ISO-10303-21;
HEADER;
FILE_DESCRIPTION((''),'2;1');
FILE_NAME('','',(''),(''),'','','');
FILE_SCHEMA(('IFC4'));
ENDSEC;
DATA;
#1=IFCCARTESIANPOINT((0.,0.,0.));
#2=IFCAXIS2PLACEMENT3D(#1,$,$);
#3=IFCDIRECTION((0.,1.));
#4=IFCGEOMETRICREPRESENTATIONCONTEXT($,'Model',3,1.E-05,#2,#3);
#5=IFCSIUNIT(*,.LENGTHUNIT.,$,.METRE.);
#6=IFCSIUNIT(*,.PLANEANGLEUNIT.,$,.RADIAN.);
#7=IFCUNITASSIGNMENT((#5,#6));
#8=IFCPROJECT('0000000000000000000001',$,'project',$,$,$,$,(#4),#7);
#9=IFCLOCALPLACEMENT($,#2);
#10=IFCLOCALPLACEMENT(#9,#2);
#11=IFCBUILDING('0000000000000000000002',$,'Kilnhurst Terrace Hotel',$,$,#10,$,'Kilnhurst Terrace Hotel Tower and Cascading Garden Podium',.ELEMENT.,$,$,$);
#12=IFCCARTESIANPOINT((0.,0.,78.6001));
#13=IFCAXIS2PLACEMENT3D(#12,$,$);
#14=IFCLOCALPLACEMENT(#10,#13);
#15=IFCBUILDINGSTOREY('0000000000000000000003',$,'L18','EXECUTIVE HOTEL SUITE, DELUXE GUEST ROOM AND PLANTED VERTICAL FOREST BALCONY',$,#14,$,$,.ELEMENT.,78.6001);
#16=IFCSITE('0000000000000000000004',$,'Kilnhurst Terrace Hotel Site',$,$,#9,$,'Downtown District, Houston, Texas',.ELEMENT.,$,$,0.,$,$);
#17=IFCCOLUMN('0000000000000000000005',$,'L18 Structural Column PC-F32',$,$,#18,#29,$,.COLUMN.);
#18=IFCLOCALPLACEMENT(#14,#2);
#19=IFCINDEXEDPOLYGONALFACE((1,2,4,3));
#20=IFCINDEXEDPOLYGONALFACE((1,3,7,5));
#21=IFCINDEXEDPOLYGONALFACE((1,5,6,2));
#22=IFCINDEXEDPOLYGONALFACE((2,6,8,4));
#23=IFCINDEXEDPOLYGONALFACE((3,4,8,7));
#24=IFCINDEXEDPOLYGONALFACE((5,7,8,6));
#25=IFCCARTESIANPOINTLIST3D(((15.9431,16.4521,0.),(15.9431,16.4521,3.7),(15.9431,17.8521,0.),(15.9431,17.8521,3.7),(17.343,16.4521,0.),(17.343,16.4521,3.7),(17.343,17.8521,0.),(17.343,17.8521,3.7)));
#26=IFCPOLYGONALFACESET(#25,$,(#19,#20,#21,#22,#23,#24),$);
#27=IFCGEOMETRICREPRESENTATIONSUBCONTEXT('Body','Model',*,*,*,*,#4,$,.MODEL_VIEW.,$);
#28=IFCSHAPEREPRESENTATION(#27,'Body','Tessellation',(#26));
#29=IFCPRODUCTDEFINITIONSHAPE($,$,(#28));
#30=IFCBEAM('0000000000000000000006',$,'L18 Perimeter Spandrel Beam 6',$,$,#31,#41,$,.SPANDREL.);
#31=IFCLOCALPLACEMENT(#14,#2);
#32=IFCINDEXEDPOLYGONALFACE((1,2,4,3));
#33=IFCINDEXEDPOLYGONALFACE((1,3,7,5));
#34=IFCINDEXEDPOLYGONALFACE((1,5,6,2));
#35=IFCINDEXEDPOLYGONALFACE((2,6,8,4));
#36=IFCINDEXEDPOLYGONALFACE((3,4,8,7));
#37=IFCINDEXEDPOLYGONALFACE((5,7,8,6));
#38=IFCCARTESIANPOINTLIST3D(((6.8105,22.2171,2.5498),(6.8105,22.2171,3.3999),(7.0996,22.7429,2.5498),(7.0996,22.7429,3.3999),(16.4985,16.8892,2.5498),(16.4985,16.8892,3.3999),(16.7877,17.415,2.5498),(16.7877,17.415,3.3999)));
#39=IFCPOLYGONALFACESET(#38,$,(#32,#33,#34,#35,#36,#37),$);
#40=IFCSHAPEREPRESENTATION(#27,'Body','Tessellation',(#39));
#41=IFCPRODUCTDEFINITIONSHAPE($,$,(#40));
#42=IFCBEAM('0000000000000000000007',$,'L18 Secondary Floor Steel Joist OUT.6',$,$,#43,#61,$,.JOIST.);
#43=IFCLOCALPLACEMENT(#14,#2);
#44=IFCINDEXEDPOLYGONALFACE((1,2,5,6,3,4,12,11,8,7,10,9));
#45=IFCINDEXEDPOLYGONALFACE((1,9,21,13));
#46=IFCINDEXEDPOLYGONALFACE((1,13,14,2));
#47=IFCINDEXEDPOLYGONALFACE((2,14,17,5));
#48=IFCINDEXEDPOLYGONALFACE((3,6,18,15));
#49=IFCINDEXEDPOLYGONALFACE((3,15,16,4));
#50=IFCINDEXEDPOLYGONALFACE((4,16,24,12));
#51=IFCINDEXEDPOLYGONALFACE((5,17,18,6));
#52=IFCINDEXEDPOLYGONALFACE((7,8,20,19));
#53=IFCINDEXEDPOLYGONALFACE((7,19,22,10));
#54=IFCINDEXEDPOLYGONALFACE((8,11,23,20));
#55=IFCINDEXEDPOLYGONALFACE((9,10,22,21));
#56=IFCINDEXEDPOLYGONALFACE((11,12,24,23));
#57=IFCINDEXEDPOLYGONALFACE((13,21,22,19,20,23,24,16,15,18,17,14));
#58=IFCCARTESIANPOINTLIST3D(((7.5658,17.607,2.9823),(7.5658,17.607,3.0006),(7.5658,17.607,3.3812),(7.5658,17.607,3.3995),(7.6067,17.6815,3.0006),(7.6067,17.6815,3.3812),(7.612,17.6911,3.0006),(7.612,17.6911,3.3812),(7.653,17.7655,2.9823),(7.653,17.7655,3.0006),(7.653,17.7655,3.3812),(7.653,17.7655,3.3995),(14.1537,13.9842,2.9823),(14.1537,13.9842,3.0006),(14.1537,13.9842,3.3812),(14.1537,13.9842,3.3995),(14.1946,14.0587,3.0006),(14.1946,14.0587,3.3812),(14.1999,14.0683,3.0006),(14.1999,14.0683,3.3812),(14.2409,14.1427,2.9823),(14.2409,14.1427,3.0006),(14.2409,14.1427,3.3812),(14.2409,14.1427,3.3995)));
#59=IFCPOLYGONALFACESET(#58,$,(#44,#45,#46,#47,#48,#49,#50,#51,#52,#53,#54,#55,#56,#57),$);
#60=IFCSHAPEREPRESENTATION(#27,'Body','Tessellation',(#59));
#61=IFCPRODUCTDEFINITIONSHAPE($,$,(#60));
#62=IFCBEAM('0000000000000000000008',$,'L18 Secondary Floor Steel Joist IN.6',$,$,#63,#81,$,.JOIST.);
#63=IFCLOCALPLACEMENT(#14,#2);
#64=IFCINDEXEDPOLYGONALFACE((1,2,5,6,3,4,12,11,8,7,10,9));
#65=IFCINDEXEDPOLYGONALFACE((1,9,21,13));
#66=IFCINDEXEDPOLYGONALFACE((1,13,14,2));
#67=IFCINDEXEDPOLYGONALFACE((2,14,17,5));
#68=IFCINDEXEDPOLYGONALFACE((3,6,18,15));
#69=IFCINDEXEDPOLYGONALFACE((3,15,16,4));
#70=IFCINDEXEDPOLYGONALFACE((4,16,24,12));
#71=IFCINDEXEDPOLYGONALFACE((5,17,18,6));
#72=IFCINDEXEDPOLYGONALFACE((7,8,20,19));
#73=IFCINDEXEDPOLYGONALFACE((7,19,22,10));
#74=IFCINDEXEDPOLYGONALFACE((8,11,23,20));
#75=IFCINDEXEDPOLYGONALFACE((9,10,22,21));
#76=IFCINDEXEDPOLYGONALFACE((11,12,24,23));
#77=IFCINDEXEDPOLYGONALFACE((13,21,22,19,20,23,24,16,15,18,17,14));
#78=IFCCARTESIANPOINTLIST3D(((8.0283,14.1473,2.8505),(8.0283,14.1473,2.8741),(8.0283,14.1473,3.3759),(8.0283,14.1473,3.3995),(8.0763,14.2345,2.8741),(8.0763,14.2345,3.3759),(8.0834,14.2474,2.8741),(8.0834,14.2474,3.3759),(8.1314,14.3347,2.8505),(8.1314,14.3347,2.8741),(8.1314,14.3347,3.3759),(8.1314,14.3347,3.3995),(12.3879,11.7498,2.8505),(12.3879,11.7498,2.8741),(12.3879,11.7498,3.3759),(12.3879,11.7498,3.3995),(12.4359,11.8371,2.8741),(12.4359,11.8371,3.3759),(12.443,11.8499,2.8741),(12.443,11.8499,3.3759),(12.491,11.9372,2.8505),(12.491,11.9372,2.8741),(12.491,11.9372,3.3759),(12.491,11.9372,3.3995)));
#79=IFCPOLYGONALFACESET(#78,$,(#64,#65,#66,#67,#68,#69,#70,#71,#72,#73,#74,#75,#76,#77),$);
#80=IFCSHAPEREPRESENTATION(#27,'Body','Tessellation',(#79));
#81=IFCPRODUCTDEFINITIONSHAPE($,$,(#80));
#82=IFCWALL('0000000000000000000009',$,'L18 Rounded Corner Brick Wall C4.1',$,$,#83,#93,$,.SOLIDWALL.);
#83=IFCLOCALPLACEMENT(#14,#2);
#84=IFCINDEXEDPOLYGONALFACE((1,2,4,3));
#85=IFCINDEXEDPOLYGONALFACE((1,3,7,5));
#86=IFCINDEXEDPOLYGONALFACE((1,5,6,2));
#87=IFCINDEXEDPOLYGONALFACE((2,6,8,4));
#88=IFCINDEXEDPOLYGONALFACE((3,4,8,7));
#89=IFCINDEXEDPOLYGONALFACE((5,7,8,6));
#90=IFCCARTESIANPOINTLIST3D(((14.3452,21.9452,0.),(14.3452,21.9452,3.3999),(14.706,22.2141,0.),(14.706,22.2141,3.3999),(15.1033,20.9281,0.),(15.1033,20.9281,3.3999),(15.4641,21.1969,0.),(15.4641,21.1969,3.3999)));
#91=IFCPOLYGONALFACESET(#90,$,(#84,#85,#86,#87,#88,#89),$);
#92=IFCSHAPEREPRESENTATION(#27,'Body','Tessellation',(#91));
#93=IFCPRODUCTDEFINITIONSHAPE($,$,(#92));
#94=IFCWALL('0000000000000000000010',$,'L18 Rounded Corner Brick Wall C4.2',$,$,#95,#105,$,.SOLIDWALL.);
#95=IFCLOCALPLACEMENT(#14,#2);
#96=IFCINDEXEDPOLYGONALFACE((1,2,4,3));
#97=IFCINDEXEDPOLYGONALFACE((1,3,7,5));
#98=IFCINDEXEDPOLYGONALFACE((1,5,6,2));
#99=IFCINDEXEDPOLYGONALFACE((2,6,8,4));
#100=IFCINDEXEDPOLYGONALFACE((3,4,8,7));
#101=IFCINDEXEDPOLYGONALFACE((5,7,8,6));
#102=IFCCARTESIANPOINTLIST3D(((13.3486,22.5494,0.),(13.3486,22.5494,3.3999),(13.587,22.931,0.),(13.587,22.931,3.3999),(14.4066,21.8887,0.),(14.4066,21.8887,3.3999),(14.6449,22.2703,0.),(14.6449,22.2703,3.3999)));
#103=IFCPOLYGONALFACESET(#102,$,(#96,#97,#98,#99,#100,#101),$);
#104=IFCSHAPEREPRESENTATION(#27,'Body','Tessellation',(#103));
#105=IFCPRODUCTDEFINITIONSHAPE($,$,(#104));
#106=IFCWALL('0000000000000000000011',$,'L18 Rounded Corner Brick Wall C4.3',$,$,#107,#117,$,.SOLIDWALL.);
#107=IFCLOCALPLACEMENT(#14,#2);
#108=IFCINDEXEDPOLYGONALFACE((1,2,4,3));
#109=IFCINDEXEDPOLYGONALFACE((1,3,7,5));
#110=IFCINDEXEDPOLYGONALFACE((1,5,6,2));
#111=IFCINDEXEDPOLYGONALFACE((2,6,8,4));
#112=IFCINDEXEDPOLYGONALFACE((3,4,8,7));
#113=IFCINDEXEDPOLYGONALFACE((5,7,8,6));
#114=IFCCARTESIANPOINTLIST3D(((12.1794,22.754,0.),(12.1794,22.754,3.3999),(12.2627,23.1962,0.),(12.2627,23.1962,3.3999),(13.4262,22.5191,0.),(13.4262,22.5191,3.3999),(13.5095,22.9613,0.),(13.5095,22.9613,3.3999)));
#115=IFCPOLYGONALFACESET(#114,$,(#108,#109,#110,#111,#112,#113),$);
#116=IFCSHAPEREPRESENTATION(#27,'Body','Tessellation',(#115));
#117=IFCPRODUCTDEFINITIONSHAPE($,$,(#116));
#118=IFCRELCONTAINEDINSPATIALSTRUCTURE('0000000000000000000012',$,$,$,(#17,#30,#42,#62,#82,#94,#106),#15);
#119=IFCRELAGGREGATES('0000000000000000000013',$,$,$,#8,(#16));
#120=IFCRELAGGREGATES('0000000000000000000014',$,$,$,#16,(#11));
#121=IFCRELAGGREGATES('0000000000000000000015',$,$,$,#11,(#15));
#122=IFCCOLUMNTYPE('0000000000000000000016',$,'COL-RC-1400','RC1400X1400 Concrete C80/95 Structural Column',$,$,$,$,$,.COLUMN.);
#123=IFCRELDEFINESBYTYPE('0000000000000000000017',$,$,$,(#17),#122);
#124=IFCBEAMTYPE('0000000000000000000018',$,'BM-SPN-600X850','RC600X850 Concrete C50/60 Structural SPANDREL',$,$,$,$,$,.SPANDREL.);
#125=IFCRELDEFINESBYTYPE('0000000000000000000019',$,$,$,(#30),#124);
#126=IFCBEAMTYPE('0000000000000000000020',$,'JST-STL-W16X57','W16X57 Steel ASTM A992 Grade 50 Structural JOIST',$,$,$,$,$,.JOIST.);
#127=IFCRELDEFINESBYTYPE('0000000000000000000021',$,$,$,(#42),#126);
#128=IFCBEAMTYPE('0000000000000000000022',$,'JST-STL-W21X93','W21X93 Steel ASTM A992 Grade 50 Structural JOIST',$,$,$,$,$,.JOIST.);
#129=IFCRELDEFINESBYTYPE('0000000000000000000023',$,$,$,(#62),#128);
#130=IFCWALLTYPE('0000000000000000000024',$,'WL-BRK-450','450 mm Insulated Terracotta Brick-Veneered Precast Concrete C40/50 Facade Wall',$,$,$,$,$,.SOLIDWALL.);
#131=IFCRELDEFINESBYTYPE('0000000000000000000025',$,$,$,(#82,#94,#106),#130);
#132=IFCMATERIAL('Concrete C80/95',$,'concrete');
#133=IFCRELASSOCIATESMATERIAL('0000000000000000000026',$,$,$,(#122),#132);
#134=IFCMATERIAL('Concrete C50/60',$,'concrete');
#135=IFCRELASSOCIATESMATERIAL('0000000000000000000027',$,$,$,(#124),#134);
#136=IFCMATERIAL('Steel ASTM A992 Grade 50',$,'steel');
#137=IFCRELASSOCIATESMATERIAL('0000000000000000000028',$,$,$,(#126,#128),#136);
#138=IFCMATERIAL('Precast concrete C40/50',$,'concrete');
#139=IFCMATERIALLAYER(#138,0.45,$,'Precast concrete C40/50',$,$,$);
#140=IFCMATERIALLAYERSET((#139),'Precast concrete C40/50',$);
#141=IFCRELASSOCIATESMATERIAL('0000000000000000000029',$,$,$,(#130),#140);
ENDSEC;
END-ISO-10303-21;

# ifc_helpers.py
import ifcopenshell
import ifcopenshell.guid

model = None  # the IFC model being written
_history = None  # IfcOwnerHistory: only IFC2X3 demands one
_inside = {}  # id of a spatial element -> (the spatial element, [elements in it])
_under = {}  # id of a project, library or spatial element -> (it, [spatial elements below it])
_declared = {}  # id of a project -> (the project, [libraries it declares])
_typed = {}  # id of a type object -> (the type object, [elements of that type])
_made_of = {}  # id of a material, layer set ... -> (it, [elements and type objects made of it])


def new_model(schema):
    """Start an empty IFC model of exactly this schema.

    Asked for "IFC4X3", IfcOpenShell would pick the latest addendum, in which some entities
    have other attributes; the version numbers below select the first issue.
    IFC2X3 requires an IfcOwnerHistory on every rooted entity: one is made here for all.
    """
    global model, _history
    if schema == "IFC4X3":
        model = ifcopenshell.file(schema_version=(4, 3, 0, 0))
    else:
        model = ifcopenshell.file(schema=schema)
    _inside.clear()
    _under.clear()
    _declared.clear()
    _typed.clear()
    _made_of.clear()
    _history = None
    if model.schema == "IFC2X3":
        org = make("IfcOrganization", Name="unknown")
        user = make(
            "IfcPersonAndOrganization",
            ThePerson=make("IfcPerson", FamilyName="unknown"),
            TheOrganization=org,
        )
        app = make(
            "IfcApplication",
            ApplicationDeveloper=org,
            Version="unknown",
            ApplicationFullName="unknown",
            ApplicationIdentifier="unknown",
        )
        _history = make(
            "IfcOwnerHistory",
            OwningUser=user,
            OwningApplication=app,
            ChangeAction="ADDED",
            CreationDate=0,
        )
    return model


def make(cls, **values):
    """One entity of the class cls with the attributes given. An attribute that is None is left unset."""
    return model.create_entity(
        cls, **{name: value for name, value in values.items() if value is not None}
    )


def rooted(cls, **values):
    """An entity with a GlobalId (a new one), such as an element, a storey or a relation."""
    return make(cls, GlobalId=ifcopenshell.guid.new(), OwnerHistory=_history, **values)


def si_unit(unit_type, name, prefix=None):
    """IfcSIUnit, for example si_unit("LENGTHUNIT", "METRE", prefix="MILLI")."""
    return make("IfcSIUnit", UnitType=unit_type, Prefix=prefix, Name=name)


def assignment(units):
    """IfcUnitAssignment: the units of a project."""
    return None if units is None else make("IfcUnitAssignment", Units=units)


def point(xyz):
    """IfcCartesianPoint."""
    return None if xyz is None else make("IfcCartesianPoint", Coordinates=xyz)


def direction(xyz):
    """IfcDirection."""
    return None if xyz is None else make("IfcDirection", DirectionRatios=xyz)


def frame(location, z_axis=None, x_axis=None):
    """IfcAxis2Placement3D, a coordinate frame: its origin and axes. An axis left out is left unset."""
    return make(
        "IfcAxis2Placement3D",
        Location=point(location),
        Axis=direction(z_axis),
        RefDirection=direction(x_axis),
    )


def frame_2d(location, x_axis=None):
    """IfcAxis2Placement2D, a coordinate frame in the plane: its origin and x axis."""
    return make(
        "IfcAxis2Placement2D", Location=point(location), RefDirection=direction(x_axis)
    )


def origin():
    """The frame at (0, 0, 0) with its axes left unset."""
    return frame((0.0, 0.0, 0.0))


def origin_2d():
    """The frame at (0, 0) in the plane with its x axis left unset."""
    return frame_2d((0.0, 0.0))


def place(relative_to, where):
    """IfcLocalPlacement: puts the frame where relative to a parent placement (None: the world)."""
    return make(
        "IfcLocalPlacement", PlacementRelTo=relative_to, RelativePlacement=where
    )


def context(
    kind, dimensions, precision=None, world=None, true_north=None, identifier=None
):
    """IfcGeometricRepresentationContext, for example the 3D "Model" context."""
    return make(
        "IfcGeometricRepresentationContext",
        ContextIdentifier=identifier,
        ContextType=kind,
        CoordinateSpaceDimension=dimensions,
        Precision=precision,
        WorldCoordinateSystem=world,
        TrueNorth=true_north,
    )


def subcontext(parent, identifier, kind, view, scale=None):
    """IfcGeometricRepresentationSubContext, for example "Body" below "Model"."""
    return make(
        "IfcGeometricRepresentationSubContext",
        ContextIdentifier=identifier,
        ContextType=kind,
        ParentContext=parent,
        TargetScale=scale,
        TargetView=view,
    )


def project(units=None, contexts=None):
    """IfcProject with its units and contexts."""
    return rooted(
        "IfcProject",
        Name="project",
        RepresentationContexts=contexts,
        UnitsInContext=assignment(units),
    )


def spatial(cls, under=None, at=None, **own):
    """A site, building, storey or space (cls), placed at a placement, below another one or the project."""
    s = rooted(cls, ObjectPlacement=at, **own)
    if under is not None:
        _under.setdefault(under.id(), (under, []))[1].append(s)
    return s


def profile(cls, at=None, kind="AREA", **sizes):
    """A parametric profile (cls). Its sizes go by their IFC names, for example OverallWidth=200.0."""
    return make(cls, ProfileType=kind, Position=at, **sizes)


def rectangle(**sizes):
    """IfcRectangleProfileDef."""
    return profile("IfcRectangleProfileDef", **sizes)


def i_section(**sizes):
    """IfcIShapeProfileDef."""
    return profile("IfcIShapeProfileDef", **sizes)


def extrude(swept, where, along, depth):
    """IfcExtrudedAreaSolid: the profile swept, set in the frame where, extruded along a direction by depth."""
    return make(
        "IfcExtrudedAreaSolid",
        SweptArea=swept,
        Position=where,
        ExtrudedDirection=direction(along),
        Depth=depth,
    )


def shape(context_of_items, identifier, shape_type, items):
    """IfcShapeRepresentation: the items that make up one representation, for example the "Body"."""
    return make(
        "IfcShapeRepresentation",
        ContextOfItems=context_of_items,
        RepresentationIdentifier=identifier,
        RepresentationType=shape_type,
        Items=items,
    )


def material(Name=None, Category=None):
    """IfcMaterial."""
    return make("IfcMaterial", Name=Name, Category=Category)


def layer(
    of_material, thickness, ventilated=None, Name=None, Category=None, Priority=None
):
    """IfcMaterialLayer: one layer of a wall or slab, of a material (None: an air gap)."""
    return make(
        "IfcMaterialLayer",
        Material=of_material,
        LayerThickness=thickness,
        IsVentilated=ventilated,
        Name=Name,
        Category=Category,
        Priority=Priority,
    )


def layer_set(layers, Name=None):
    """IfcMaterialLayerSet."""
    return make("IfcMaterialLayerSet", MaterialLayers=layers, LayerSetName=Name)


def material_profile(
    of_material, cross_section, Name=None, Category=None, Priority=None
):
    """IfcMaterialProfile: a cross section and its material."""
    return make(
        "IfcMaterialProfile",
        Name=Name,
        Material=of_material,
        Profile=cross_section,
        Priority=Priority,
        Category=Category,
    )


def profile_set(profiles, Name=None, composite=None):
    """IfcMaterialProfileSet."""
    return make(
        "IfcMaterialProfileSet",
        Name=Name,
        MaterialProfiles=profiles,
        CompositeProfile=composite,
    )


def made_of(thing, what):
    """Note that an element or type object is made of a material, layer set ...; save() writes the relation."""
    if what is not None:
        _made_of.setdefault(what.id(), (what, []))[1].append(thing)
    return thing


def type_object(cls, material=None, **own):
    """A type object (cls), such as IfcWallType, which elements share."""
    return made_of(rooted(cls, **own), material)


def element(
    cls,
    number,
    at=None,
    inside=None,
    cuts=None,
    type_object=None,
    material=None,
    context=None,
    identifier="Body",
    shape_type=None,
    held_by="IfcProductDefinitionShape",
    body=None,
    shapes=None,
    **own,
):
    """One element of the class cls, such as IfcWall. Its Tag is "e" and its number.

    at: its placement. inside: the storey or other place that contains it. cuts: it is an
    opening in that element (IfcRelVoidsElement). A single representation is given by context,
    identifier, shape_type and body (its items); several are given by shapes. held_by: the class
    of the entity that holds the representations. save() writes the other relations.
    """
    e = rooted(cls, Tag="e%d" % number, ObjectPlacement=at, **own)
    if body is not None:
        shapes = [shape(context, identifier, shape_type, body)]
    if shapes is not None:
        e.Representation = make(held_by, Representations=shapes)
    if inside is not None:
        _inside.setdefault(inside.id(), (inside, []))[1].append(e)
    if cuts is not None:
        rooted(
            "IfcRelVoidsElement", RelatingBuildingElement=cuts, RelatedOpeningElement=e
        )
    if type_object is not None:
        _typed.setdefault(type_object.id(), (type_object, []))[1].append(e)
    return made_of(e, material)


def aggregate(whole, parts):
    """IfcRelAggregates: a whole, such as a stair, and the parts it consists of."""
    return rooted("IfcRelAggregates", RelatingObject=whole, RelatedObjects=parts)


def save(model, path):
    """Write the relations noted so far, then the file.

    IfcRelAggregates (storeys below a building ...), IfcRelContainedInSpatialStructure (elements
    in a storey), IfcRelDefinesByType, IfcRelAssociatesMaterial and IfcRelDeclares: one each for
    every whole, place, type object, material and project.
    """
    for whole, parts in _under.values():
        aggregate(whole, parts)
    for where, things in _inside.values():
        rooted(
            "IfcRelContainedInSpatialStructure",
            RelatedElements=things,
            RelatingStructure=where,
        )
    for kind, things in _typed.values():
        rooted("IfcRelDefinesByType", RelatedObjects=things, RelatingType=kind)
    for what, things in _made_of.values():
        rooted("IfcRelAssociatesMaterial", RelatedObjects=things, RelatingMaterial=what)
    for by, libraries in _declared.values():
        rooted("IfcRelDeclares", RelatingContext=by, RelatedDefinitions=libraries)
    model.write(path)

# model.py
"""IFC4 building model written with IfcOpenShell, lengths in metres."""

from ifc_helpers import new_model, si_unit, direction, frame, frame_2d, origin, origin_2d, place, context, subcontext, project, spatial, rectangle, i_section, extrude, material, layer, layer_set, material_profile, profile_set, type_object, element, save


model = new_model("IFC4")

# Units and contexts
model_context = context("Model", 3, precision=1e-05, world=origin(), true_north=direction((0.0, 1.0)))
body_context = subcontext(model_context, "Body", "Model", "MODEL_VIEW")
ifc_project = project(units=[si_unit("LENGTHUNIT", "METRE"), si_unit("PLANEANGLEUNIT", "RADIAN")], contexts=[model_context])

# Site, building, storey
site_placement = place(None, origin())
site = spatial("IfcSite", under=ifc_project, at=site_placement, Name="Kilnhurst Terrace Hotel Site", LongName="Downtown District, Houston, Texas", CompositionType="ELEMENT", RefElevation=0.0)
building_placement = place(site_placement, origin())
building = spatial("IfcBuilding", under=site, at=building_placement, Name="Kilnhurst Terrace Hotel", LongName="Kilnhurst Terrace Hotel Tower and Cascading Garden Podium", CompositionType="ELEMENT")
storey_placement = place(building_placement, frame((0.0, 0.0, 78.6001)))
storey = spatial("IfcBuildingStorey", under=building, at=storey_placement, Name="L18", Description="EXECUTIVE HOTEL SUITE, DELUXE GUEST ROOM AND PLANTED VERTICAL FOREST BALCONY", CompositionType="ELEMENT", Elevation=78.6001)

# Column
ifc_material_1 = material(Name="Concrete C80/95", Category="concrete")
ifc_material_profile_1 = material_profile(ifc_material_1, rectangle(XDim=1.3999, YDim=1.3999, at=origin_2d()), Name="RC1400X1400")
ifc_profile_set_1 = profile_set([ifc_material_profile_1], Name="Concrete C80/95")
column_type = type_object("IfcColumnType", Name="COL-RC-1400", Description="RC1400X1400 Concrete C80/95 Structural Column", PredefinedType="COLUMN", material=ifc_profile_set_1)
column_placement = place(storey_placement, frame((16.6431, 17.1521, 0.0), z_axis=(0.0, 0.0, 1.0), x_axis=(1.0, 0.0, 0.0)))
element("IfcColumn", 1, at=column_placement, inside=storey, type_object=column_type, Name="L18 Structural Column PC-F32", PredefinedType="COLUMN", context=body_context, shape_type="SweptSolid", body=[
    extrude(rectangle(XDim=1.3999, YDim=1.3999, at=origin_2d()), origin(), (0.0, 0.0, 1.0), 3.7),
])

# Beams
ifc_material_2 = material(Name="Concrete C50/60", Category="concrete")
ifc_material_profile_2 = material_profile(ifc_material_2, rectangle(XDim=0.6001, YDim=0.8501, at=origin_2d()), Name="RC600X850")
ifc_profile_set_2 = profile_set([ifc_material_profile_2], Name="Concrete C50/60")
beam_type_1 = type_object("IfcBeamType", Name="BM-SPN-600X850", Description="RC600X850 Concrete C50/60 Structural SPANDREL", PredefinedType="SPANDREL", material=ifc_profile_set_2)
beam_1_placement = place(storey_placement, frame((16.6431, 17.1521, 2.9749), z_axis=(-0.876235, 0.481883, 0.0), x_axis=(-0.481883, -0.876235, 0.0)))
element("IfcBeam", 2, at=beam_1_placement, inside=storey, type_object=beam_type_1, Name="L18 Perimeter Spandrel Beam 6", PredefinedType="SPANDREL", context=body_context, shape_type="SweptSolid", body=[
    extrude(rectangle(XDim=0.6001, YDim=0.8501, at=origin_2d()), origin(), (0.0, 0.0, 1.0), 11.0564),
])
ifc_material_3 = material(Name="Steel ASTM A992 Grade 50", Category="steel")
ifc_material_profile_3 = material_profile(ifc_material_3, i_section(OverallWidth=0.1809, OverallDepth=0.4172, WebThickness=0.011, FlangeThickness=0.0183, at=origin_2d()), Name="W16X57")
ifc_profile_set_3 = profile_set([ifc_material_profile_3], Name="Steel ASTM A992 Grade 50")
beam_type_2 = type_object("IfcBeamType", Name="JST-STL-W16X57", Description="W16X57 Steel ASTM A992 Grade 50 Structural JOIST", PredefinedType="JOIST", material=ifc_profile_set_3)
beam_2_placement = place(storey_placement, frame((14.1973, 14.0635, 3.1909), z_axis=(-0.876246, 0.481864, 0.0), x_axis=(-0.481864, -0.876246, 0.0)))
element("IfcBeam", 3, at=beam_2_placement, inside=storey, type_object=beam_type_2, Name="L18 Secondary Floor Steel Joist OUT.6", PredefinedType="JOIST", context=body_context, shape_type="SweptSolid", body=[
    extrude(i_section(OverallWidth=0.1809, OverallDepth=0.4172, WebThickness=0.011, FlangeThickness=0.0183, at=origin_2d()), origin(), (0.0, 0.0, 1.0), 7.5183),
])
ifc_material_profile_4 = material_profile(ifc_material_3, i_section(OverallWidth=0.2139, OverallDepth=0.5491, WebThickness=0.0146, FlangeThickness=0.0237, at=origin_2d()), Name="W21X93")
ifc_profile_set_4 = profile_set([ifc_material_profile_4], Name="Steel ASTM A992 Grade 50")
beam_type_3 = type_object("IfcBeamType", Name="JST-STL-W21X93", Description="W21X93 Steel ASTM A992 Grade 50 Structural JOIST", PredefinedType="JOIST", material=ifc_profile_set_4)
beam_3_placement = place(storey_placement, frame((12.4395, 11.8435, 3.125), z_axis=(-0.876244, 0.481868, 0.0), x_axis=(-0.481868, -0.876244, 0.0)))
element("IfcBeam", 4, at=beam_3_placement, inside=storey, type_object=beam_type_3, Name="L18 Secondary Floor Steel Joist IN.6", PredefinedType="JOIST", context=body_context, shape_type="SweptSolid", body=[
    extrude(i_section(OverallWidth=0.2139, OverallDepth=0.5491, WebThickness=0.0146, FlangeThickness=0.0237, at=origin_2d()), origin(), (0.0, 0.0, 1.0), 4.9753),
])

# Walls
ifc_material_4 = material(Name="Precast concrete C40/50", Category="concrete")
ifc_layer_1 = layer(ifc_material_4, 0.45, Name="Precast concrete C40/50")
ifc_layer_set_1 = layer_set([ifc_layer_1], Name="Precast concrete C40/50")
wall_type_1 = type_object("IfcWallType", Name="WL-BRK-450", Description="450 mm Insulated Terracotta Brick-Veneered Precast Concrete C40/50 Facade Wall", PredefinedType="SOLIDWALL", material=ifc_layer_set_1)
wall_1_placement = place(storey_placement, frame((15.2837, 21.0625, 0.0), z_axis=(0.0, 0.0, 1.0), x_axis=(-0.597595, 0.801798, 0.0)))
element("IfcWall", 5, at=wall_1_placement, inside=storey, type_object=wall_type_1, Name="L18 Rounded Corner Brick Wall C4.1", PredefinedType="SOLIDWALL", context=body_context, shape_type="SweptSolid", body=[
    extrude(rectangle(XDim=1.2686, YDim=0.45, at=frame_2d((0.6343, 0.0))), origin(), (0.0, 0.0, 1.0), 3.3999),
])
wall_2_placement = place(storey_placement, frame((14.5256, 22.0796, 0.0), z_axis=(0.0, 0.0, 1.0), x_axis=(-0.848185, 0.5297, 0.0)))
element("IfcWall", 6, at=wall_2_placement, inside=storey, type_object=wall_type_1, Name="L18 Rounded Corner Brick Wall C4.2", PredefinedType="SOLIDWALL", context=body_context, shape_type="SweptSolid", body=[
    extrude(rectangle(XDim=1.2473, YDim=0.45, at=frame_2d((0.6235, 0.0))), origin(), (0.0, 0.0, 1.0), 3.3999),
])
wall_3_placement = place(storey_placement, frame((13.4678, 22.7402, 0.0), z_axis=(0.0, 0.0, 1.0), x_axis=(-0.982717, 0.185113, 0.0)))
element("IfcWall", 7, at=wall_3_placement, inside=storey, type_object=wall_type_1, Name="L18 Rounded Corner Brick Wall C4.3", PredefinedType="SOLIDWALL", context=body_context, shape_type="SweptSolid", body=[
    extrude(rectangle(XDim=1.2688, YDim=0.45, at=frame_2d((0.6343, 0.0))), origin(), (0.0, 0.0, 1.0), 3.3999),
])

save(model, "model.ifc")
